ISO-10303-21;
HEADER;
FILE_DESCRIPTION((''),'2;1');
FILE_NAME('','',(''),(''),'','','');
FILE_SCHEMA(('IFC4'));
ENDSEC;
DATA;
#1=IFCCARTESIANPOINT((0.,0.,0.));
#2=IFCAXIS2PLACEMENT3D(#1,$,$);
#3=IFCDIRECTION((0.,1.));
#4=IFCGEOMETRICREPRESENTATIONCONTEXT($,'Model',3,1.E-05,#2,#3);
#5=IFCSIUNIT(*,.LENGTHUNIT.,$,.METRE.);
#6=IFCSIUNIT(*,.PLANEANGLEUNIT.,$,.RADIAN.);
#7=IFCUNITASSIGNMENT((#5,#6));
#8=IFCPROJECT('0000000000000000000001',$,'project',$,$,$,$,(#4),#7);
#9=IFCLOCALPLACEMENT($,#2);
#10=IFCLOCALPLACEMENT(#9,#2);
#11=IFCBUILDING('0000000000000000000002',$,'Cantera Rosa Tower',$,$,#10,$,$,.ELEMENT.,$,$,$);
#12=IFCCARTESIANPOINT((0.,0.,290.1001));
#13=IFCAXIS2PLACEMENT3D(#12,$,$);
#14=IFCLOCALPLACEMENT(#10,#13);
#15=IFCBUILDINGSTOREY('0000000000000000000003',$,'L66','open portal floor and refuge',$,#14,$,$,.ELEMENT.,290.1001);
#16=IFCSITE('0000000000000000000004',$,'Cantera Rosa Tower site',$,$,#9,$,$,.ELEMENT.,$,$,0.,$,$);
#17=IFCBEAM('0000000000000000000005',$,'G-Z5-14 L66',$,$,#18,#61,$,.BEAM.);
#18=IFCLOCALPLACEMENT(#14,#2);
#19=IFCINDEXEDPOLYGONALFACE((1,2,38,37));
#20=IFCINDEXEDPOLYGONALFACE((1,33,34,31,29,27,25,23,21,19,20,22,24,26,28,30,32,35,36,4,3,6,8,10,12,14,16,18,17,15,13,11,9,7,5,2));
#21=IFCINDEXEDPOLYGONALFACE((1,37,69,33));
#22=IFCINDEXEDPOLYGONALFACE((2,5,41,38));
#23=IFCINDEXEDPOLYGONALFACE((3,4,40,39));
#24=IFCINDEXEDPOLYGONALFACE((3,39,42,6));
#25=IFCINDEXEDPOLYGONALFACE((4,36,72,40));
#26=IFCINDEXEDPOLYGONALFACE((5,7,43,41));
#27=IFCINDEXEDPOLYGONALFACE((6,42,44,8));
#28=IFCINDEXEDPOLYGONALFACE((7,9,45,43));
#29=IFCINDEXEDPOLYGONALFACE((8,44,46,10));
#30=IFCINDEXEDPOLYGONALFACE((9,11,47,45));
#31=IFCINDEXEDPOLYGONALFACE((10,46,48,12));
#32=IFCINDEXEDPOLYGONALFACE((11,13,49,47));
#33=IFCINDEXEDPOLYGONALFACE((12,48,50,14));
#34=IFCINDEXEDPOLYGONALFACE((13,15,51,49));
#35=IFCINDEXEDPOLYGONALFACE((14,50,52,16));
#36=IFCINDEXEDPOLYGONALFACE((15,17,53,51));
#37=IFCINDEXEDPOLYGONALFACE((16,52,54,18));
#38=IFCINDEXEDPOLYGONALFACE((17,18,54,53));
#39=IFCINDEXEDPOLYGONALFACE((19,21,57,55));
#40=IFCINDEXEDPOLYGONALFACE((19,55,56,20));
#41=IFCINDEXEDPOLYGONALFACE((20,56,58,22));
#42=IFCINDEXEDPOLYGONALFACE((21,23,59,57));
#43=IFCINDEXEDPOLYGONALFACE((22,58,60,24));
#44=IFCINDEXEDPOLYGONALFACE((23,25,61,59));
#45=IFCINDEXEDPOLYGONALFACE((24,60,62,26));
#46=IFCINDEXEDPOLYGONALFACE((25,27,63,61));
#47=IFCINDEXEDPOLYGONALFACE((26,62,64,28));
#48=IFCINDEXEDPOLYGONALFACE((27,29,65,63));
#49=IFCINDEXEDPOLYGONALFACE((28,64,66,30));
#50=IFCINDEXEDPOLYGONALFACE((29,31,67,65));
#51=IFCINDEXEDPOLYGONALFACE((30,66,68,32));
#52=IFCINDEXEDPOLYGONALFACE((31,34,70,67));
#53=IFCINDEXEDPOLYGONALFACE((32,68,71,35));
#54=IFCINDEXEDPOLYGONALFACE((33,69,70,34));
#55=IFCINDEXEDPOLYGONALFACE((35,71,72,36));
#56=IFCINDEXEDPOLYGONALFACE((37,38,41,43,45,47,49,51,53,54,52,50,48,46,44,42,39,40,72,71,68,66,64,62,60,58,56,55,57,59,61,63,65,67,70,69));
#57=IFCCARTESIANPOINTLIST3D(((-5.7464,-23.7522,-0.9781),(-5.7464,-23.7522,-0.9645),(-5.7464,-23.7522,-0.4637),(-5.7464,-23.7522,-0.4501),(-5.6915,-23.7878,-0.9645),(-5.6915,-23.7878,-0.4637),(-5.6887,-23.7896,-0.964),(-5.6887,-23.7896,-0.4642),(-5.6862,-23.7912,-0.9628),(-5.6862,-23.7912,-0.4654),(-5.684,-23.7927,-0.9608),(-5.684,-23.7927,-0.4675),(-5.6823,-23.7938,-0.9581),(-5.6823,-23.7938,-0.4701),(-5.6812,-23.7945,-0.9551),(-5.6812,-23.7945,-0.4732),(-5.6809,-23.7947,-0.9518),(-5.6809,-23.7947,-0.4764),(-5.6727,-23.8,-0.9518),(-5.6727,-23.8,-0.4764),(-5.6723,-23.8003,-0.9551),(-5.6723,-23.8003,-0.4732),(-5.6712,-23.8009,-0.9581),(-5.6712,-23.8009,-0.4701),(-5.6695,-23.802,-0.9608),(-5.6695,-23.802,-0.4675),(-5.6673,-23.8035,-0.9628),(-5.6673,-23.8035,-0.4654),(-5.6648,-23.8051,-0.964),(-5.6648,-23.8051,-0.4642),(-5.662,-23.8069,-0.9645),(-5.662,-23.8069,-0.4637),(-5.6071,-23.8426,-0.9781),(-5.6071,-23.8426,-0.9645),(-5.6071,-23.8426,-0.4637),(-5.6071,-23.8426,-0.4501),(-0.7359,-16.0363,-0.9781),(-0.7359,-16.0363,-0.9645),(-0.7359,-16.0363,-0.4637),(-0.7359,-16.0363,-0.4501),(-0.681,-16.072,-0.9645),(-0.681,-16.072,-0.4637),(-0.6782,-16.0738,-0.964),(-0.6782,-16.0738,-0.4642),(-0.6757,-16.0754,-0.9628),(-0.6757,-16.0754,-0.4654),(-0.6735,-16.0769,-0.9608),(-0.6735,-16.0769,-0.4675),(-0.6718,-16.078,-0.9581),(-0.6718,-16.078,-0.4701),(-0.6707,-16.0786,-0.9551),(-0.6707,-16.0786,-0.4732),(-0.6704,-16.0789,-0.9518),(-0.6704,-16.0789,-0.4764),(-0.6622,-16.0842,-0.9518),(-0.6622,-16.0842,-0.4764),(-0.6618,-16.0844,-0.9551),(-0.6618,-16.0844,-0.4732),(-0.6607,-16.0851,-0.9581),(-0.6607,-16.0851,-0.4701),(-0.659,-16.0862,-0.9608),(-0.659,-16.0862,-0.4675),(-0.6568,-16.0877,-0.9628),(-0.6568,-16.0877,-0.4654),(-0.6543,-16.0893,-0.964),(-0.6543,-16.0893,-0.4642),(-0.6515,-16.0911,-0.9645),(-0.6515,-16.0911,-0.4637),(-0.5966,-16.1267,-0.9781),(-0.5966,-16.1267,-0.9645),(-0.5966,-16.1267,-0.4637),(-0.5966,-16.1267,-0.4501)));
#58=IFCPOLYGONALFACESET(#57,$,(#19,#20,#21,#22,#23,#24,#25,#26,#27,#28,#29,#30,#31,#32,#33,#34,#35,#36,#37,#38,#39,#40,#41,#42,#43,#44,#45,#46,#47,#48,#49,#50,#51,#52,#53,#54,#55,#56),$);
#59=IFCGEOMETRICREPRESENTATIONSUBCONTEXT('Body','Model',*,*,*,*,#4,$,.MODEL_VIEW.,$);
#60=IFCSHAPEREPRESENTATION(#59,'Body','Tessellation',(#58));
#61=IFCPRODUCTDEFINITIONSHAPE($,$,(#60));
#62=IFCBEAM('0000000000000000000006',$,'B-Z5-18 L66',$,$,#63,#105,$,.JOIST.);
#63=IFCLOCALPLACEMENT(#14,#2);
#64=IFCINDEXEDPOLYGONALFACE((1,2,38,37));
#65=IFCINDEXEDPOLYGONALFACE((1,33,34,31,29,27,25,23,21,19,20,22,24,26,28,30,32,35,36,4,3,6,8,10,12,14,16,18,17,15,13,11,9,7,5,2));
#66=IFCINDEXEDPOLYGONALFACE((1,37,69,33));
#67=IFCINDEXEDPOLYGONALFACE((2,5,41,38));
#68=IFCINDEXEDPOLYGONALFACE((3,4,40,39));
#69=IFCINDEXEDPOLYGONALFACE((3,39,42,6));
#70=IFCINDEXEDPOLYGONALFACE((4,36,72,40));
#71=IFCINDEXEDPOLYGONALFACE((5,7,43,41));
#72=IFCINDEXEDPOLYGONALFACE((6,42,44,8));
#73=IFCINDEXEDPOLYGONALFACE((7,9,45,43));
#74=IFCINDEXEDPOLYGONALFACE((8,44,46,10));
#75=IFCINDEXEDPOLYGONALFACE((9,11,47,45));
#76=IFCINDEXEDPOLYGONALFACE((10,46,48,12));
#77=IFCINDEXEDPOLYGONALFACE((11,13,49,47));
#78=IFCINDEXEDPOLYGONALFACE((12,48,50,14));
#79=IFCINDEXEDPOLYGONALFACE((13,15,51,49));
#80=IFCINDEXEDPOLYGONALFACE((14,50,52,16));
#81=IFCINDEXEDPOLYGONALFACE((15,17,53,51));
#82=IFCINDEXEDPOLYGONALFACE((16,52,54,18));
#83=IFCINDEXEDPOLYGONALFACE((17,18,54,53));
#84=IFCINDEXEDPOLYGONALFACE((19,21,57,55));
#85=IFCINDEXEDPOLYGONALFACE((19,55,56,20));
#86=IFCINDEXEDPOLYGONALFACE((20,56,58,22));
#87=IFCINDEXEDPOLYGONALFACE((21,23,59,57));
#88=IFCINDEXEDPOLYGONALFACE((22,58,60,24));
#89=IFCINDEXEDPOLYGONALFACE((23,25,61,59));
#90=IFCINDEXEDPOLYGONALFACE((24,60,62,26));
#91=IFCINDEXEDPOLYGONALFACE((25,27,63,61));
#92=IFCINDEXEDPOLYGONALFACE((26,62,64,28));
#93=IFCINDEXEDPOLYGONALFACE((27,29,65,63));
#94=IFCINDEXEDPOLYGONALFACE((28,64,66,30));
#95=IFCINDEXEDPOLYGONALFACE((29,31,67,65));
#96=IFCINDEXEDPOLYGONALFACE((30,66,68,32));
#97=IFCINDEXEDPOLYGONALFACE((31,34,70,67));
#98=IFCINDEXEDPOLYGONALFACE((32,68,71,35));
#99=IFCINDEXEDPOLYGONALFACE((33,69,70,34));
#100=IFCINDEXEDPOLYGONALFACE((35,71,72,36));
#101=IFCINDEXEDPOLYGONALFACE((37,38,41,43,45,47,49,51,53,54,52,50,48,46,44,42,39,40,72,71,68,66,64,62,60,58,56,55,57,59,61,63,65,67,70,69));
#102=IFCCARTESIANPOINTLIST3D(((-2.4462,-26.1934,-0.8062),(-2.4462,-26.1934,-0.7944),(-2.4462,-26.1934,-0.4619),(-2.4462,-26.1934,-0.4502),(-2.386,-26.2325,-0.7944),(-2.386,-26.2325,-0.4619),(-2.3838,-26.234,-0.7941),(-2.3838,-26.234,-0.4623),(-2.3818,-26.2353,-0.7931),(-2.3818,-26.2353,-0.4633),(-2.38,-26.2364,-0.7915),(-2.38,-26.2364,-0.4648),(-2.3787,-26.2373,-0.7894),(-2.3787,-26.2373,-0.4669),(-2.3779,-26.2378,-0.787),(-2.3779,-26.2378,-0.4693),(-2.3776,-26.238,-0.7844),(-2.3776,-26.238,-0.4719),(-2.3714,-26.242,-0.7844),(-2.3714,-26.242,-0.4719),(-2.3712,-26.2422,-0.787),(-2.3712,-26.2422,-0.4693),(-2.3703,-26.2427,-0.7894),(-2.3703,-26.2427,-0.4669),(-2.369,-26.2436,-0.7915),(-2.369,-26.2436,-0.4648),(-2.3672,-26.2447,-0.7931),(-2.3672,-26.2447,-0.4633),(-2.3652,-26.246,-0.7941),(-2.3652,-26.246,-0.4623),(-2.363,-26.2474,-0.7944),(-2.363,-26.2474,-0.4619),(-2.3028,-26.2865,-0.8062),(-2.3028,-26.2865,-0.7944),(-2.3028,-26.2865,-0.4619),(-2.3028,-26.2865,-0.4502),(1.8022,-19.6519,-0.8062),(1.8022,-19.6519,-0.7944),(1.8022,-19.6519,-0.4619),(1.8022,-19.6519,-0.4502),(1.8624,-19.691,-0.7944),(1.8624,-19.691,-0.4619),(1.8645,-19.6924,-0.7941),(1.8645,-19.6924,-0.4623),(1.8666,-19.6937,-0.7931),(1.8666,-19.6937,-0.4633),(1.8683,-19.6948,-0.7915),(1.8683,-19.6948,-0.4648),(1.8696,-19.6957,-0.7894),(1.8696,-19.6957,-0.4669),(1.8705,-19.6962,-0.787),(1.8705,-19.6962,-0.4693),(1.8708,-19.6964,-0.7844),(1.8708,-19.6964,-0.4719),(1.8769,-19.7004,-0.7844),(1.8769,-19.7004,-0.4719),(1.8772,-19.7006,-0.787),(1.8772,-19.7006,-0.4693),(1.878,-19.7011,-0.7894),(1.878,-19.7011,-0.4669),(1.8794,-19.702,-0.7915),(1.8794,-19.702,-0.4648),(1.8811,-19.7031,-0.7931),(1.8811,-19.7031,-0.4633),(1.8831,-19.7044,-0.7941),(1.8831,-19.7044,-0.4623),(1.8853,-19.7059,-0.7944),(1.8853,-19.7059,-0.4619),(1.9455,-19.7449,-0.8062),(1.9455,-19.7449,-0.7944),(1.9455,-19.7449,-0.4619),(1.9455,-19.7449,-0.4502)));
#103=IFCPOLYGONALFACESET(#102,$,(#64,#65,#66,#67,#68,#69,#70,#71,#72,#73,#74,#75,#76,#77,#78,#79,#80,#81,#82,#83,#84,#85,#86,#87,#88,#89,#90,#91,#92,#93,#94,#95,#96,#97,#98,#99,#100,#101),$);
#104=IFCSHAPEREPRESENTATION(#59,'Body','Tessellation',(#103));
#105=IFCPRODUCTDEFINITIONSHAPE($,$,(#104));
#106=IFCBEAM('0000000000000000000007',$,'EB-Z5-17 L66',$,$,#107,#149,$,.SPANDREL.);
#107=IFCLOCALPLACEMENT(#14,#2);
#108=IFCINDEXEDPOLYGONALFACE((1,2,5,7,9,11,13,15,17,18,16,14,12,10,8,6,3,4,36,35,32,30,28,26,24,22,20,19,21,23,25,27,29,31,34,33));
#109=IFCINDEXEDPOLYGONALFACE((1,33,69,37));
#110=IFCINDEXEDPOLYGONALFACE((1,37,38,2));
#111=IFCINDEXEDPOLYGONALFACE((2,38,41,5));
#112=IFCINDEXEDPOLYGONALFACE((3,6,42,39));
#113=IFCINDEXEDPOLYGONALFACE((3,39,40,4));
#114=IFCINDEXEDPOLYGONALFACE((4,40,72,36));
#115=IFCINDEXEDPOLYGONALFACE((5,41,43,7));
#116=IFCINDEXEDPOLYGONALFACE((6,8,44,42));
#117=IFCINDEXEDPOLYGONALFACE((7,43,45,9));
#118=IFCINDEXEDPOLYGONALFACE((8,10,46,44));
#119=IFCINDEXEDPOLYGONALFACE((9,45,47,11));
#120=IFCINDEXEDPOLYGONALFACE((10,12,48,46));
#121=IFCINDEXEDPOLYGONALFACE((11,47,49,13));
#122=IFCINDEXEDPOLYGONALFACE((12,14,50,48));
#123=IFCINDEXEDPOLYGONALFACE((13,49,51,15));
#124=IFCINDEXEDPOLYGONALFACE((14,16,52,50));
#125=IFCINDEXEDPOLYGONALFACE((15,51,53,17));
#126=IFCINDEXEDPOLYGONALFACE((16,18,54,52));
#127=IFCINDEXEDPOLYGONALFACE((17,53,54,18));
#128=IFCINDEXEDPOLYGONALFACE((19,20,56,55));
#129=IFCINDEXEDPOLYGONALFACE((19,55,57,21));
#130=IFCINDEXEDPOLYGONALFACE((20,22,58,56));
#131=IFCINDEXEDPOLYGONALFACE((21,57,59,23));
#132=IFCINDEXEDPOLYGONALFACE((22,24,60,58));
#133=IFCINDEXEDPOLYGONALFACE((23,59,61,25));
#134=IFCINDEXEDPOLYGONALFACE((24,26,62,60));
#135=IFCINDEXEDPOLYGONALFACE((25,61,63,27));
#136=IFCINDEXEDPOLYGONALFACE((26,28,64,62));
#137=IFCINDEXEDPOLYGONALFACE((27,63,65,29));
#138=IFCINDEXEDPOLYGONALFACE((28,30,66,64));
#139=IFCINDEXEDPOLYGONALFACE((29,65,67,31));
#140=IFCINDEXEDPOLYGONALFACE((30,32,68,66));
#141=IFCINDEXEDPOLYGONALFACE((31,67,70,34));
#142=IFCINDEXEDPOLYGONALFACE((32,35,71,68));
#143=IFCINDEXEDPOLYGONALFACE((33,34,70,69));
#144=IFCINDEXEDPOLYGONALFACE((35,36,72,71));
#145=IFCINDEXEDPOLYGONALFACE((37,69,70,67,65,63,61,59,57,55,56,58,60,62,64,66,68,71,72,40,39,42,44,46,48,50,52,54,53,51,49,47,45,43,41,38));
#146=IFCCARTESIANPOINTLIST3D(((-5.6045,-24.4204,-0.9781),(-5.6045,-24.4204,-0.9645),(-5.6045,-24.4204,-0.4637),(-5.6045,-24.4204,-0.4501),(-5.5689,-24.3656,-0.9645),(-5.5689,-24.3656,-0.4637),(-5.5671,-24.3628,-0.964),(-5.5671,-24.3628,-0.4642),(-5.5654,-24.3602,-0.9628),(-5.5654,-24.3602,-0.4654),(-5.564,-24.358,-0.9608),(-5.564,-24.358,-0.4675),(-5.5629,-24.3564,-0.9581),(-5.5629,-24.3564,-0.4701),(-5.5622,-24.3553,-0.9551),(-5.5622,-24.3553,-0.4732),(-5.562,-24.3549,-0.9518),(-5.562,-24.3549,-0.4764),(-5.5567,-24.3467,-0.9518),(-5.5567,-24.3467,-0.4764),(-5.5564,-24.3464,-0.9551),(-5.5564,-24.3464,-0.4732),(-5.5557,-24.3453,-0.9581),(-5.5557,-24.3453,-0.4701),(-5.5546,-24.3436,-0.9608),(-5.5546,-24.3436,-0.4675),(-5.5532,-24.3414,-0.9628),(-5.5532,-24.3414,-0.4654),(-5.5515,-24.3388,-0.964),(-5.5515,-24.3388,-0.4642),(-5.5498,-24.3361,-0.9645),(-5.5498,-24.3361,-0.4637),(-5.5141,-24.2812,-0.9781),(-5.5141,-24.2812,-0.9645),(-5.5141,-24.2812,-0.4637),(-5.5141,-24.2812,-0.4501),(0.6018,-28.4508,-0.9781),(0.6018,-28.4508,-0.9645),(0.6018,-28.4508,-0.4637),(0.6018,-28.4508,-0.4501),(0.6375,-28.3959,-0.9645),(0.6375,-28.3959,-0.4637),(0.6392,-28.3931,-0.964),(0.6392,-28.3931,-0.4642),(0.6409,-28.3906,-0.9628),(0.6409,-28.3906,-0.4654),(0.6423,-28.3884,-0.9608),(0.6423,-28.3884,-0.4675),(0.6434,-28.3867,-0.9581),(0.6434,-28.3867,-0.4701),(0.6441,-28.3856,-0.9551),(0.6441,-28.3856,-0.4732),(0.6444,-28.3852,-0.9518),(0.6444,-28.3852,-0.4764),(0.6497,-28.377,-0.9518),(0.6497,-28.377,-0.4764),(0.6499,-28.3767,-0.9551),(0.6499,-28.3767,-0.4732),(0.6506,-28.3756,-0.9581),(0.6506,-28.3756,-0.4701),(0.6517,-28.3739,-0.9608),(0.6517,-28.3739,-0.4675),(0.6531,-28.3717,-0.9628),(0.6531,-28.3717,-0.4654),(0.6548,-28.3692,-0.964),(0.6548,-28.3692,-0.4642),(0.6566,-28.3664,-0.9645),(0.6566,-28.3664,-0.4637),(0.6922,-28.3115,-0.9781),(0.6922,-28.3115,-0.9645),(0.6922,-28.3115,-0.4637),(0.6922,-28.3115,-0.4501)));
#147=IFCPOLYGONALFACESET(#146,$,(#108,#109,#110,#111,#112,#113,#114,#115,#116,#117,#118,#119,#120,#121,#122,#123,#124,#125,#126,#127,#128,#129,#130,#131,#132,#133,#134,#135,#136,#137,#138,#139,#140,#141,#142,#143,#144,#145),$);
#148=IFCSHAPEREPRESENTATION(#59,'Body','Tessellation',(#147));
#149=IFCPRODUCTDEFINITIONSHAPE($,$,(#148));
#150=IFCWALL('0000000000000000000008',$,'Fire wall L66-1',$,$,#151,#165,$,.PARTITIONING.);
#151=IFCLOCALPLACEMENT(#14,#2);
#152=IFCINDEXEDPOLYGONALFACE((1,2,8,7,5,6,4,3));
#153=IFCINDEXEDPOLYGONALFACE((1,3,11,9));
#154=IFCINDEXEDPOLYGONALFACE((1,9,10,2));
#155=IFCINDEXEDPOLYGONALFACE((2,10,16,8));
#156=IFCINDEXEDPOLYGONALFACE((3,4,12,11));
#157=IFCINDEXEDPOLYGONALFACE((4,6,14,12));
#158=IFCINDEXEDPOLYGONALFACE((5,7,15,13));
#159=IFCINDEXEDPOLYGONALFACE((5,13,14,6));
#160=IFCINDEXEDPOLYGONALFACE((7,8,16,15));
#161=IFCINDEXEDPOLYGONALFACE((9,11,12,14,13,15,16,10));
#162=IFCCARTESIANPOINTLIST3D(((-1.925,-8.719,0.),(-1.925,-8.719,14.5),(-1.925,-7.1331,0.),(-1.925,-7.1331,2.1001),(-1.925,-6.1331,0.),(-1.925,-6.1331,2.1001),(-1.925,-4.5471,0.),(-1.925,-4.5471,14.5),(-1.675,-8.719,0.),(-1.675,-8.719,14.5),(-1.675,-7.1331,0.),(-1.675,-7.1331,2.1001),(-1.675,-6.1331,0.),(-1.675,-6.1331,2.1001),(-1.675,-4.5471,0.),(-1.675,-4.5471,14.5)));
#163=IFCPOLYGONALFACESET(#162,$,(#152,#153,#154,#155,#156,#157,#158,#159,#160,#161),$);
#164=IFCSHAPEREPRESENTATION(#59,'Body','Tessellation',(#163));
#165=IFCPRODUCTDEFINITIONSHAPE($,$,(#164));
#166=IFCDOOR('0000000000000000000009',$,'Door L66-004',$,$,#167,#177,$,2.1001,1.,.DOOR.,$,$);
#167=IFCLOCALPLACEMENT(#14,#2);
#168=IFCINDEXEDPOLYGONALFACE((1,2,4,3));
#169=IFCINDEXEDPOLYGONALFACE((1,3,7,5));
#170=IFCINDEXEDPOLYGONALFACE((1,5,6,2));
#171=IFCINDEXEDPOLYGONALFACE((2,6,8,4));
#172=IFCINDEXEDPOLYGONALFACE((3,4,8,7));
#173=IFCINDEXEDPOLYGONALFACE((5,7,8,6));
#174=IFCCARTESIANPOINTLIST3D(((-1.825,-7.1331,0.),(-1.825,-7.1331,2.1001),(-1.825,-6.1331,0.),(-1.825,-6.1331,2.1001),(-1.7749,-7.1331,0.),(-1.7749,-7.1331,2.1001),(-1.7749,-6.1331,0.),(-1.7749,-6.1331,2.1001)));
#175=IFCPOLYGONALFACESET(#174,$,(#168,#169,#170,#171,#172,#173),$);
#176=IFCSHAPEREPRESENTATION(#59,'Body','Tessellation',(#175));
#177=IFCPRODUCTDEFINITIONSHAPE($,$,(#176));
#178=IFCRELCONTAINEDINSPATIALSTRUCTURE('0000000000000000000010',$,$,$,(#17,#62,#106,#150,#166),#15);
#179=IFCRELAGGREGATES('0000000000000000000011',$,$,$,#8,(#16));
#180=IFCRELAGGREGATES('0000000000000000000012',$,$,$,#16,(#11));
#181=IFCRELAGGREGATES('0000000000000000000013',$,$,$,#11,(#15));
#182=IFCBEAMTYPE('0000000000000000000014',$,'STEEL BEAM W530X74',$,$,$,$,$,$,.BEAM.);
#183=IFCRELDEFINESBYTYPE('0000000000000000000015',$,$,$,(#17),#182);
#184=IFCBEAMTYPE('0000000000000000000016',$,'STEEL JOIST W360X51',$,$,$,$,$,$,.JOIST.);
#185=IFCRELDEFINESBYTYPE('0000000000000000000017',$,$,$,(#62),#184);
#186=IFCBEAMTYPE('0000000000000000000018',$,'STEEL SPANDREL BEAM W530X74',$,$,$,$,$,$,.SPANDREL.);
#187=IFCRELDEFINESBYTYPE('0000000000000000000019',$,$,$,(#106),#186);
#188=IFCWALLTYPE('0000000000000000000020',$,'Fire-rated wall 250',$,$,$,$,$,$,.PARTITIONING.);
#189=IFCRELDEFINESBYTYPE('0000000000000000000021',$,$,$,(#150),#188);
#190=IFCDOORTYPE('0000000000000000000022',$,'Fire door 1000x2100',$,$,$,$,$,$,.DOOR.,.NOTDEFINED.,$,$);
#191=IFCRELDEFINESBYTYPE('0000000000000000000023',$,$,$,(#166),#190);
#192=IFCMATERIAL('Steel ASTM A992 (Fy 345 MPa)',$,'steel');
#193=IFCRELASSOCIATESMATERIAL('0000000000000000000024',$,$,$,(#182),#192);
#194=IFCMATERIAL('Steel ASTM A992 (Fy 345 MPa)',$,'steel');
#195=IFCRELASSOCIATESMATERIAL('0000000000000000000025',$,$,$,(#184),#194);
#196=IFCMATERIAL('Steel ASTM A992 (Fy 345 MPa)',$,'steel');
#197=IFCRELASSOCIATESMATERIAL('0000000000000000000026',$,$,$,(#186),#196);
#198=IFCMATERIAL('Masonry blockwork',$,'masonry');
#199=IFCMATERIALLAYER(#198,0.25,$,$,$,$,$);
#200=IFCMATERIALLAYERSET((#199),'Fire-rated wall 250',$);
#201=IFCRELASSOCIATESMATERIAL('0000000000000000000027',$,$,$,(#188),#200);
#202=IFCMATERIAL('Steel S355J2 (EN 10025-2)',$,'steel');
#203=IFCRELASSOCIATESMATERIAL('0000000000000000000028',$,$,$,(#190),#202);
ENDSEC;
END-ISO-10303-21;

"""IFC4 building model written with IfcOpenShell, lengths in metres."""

from ifc_helpers import new_model, si_unit, direction, frame, frame_2d, origin, origin_2d, place, context, subcontext, project, spatial, rectangle, i_section, extrude, material, layer, layer_set, material_profile, profile_set, type_object, element, fill, save


model = new_model("IFC4")

# Units and contexts
model_context = context("Model", 3, precision=1e-05, world=origin(), true_north=direction((0.0, 1.0)))
body_context = subcontext(model_context, "Body", "Model", "MODEL_VIEW")
ifc_project = project(units=[si_unit("LENGTHUNIT", "METRE"), si_unit("PLANEANGLEUNIT", "RADIAN")], contexts=[model_context])

# Site, building, storey
site_placement = place(None, origin())
site = spatial("IfcSite", under=ifc_project, at=site_placement, Name="Cantera Rosa Tower site", CompositionType="ELEMENT", RefElevation=0.0)
building_placement = place(site_placement, origin())
building = spatial("IfcBuilding", under=site, at=building_placement, Name="Cantera Rosa Tower", CompositionType="ELEMENT")
storey_placement = place(building_placement, frame((0.0, 0.0, 290.1001)))
storey = spatial("IfcBuildingStorey", under=building, at=storey_placement, Name="L66", Description="open portal floor and refuge", CompositionType="ELEMENT", Elevation=290.1001)

# Beams
ifc_material_1 = material(Name="Steel ASTM A992 (Fy 345 MPa)", Category="steel")
ifc_material_profile_1 = material_profile(ifc_material_1, i_section(OverallWidth=0.166, OverallDepth=0.5281, WebThickness=0.0098, FlangeThickness=0.0137, FilletRadius=0.0127, at=origin_2d()), Name="W530X74")
ifc_profile_set_1 = profile_set([ifc_material_profile_1], Name="Steel ASTM A992 (Fy 345 MPa)")
beam_type_1 = type_object("IfcBeamType", Name="STEEL BEAM W530X74", PredefinedType="BEAM", material=ifc_profile_set_1)
beam_1_placement = place(storey_placement, frame((-5.6768, -23.7974, -0.7141), z_axis=(0.544623, 0.838681, 0.0), x_axis=(-0.838681, 0.544623, 0.0)))
element("IfcBeam", 1, at=beam_1_placement, inside=storey, type_object=beam_type_1, Name="G-Z5-14 L66", PredefinedType="BEAM", context=body_context, shape_type="SweptSolid", body=[
    extrude(i_section(OverallWidth=0.166, OverallDepth=0.5281, WebThickness=0.0098, FlangeThickness=0.0137, FilletRadius=0.0127, at=origin_2d()), origin(), (0.0, 0.0, 1.0), 9.2),
])
ifc_material_2 = material(Name="Steel ASTM A992 (Fy 345 MPa)", Category="steel")
ifc_material_profile_2 = material_profile(ifc_material_2, i_section(OverallWidth=0.1709, OverallDepth=0.356, WebThickness=0.0073, FlangeThickness=0.0117, FilletRadius=0.01, at=origin_2d()), Name="W360X51")
ifc_profile_set_2 = profile_set([ifc_material_profile_2], Name="Steel ASTM A992 (Fy 345 MPa)")
beam_type_2 = type_object("IfcBeamType", Name="STEEL JOIST W360X51", PredefinedType="JOIST", material=ifc_profile_set_2)
beam_2_placement = place(storey_placement, frame((-2.3745, -26.24, -0.6282), z_axis=(0.544656, 0.83866, 0.0), x_axis=(-0.83866, 0.544656, 0.0)))
element("IfcBeam", 2, at=beam_2_placement, inside=storey, type_object=beam_type_2, Name="B-Z5-18 L66", PredefinedType="JOIST", context=body_context, shape_type="SweptSolid", body=[
    extrude(i_section(OverallWidth=0.1709, OverallDepth=0.356, WebThickness=0.0073, FlangeThickness=0.0117, FilletRadius=0.01, at=origin_2d()), origin(), (0.0, 0.0, 1.0), 7.8),
])
ifc_material_3 = material(Name="Steel ASTM A992 (Fy 345 MPa)", Category="steel")
ifc_material_profile_3 = material_profile(ifc_material_3, i_section(OverallWidth=0.166, OverallDepth=0.5281, WebThickness=0.0098, FlangeThickness=0.0137, FilletRadius=0.0127, at=origin_2d()), Name="W530X74")
ifc_profile_set_3 = profile_set([ifc_material_profile_3], Name="Steel ASTM A992 (Fy 345 MPa)")
beam_type_3 = type_object("IfcBeamType", Name="STEEL SPANDREL BEAM W530X74", PredefinedType="SPANDREL", material=ifc_profile_set_3)
beam_3_placement = place(storey_placement, frame((-5.5593, -24.3508, -0.7141), z_axis=(0.838679, -0.544625, 0.0), x_axis=(0.544625, 0.838679, 0.0)))
element("IfcBeam", 3, at=beam_3_placement, inside=storey, type_object=beam_type_3, Name="EB-Z5-17 L66", PredefinedType="SPANDREL", context=body_context, shape_type="SweptSolid", body=[
    extrude(i_section(OverallWidth=0.166, OverallDepth=0.5281, WebThickness=0.0098, FlangeThickness=0.0137, FilletRadius=0.0127, at=origin_2d()), origin(), (0.0, 0.0, 1.0), 7.4001),
])

# Wall, opening, door
ifc_material_4 = material(Name="Masonry blockwork", Category="masonry")
ifc_layer_1 = layer(ifc_material_4, 0.25)
ifc_layer_set_1 = layer_set([ifc_layer_1], Name="Fire-rated wall 250")
wall_type_1 = type_object("IfcWallType", Name="Fire-rated wall 250", PredefinedType="PARTITIONING", material=ifc_layer_set_1)
wall_1_placement = place(storey_placement, frame((-1.8, -8.719, 0.0), z_axis=(0.0, 0.0, 1.0), x_axis=(0.0, 1.0, 0.0)))
wall_1 = element("IfcWall", 4, at=wall_1_placement, inside=storey, type_object=wall_type_1, Name="Fire wall L66-1", PredefinedType="PARTITIONING", context=body_context, shape_type="SweptSolid", body=[
    extrude(rectangle(XDim=4.1719, YDim=0.25, at=frame_2d((2.0859, 0.0))), origin(), (0.0, 0.0, 1.0), 14.5),
])
opening_1_placement = place(wall_1_placement, frame((1.5859, 0.0, 0.0)))
opening_1 = element("IfcOpeningElement", 5, at=opening_1_placement, cuts=wall_1, PredefinedType="OPENING", context=body_context, shape_type="SweptSolid", body=[
    extrude(rectangle(XDim=1.0, YDim=2.1001, at=frame_2d((0.5, 1.05))), frame((0.0, 0.135, 0.0), z_axis=(0.0, -1.0, 0.0), x_axis=(1.0, 0.0, 0.0)), (0.0, 0.0, 1.0), 0.27),
])
ifc_material_5 = material(Name="Steel S355J2 (EN 10025-2)", Category="steel")
door_type_1 = type_object("IfcDoorType", Name="Fire door 1000x2100", OperationType="NOTDEFINED", PredefinedType="DOOR", material=ifc_material_5)
door_1_placement = place(opening_1_placement, origin())
door_1 = element("IfcDoor", 6, at=door_1_placement, inside=storey, type_object=door_type_1, Name="Door L66-004", OverallHeight=2.1001, OverallWidth=1.0, PredefinedType="DOOR", context=body_context, shape_type="SweptSolid", body=[
    extrude(rectangle(XDim=1.0, YDim=2.1001, at=frame_2d((0.5, 1.05))), frame((0.0, 0.0249, 0.0), z_axis=(0.0, -1.0, 0.0), x_axis=(1.0, 0.0, 0.0)), (0.0, 0.0, 1.0), 0.05),
])
fill(opening_1, door_1)

save(model, "model.ifc")
